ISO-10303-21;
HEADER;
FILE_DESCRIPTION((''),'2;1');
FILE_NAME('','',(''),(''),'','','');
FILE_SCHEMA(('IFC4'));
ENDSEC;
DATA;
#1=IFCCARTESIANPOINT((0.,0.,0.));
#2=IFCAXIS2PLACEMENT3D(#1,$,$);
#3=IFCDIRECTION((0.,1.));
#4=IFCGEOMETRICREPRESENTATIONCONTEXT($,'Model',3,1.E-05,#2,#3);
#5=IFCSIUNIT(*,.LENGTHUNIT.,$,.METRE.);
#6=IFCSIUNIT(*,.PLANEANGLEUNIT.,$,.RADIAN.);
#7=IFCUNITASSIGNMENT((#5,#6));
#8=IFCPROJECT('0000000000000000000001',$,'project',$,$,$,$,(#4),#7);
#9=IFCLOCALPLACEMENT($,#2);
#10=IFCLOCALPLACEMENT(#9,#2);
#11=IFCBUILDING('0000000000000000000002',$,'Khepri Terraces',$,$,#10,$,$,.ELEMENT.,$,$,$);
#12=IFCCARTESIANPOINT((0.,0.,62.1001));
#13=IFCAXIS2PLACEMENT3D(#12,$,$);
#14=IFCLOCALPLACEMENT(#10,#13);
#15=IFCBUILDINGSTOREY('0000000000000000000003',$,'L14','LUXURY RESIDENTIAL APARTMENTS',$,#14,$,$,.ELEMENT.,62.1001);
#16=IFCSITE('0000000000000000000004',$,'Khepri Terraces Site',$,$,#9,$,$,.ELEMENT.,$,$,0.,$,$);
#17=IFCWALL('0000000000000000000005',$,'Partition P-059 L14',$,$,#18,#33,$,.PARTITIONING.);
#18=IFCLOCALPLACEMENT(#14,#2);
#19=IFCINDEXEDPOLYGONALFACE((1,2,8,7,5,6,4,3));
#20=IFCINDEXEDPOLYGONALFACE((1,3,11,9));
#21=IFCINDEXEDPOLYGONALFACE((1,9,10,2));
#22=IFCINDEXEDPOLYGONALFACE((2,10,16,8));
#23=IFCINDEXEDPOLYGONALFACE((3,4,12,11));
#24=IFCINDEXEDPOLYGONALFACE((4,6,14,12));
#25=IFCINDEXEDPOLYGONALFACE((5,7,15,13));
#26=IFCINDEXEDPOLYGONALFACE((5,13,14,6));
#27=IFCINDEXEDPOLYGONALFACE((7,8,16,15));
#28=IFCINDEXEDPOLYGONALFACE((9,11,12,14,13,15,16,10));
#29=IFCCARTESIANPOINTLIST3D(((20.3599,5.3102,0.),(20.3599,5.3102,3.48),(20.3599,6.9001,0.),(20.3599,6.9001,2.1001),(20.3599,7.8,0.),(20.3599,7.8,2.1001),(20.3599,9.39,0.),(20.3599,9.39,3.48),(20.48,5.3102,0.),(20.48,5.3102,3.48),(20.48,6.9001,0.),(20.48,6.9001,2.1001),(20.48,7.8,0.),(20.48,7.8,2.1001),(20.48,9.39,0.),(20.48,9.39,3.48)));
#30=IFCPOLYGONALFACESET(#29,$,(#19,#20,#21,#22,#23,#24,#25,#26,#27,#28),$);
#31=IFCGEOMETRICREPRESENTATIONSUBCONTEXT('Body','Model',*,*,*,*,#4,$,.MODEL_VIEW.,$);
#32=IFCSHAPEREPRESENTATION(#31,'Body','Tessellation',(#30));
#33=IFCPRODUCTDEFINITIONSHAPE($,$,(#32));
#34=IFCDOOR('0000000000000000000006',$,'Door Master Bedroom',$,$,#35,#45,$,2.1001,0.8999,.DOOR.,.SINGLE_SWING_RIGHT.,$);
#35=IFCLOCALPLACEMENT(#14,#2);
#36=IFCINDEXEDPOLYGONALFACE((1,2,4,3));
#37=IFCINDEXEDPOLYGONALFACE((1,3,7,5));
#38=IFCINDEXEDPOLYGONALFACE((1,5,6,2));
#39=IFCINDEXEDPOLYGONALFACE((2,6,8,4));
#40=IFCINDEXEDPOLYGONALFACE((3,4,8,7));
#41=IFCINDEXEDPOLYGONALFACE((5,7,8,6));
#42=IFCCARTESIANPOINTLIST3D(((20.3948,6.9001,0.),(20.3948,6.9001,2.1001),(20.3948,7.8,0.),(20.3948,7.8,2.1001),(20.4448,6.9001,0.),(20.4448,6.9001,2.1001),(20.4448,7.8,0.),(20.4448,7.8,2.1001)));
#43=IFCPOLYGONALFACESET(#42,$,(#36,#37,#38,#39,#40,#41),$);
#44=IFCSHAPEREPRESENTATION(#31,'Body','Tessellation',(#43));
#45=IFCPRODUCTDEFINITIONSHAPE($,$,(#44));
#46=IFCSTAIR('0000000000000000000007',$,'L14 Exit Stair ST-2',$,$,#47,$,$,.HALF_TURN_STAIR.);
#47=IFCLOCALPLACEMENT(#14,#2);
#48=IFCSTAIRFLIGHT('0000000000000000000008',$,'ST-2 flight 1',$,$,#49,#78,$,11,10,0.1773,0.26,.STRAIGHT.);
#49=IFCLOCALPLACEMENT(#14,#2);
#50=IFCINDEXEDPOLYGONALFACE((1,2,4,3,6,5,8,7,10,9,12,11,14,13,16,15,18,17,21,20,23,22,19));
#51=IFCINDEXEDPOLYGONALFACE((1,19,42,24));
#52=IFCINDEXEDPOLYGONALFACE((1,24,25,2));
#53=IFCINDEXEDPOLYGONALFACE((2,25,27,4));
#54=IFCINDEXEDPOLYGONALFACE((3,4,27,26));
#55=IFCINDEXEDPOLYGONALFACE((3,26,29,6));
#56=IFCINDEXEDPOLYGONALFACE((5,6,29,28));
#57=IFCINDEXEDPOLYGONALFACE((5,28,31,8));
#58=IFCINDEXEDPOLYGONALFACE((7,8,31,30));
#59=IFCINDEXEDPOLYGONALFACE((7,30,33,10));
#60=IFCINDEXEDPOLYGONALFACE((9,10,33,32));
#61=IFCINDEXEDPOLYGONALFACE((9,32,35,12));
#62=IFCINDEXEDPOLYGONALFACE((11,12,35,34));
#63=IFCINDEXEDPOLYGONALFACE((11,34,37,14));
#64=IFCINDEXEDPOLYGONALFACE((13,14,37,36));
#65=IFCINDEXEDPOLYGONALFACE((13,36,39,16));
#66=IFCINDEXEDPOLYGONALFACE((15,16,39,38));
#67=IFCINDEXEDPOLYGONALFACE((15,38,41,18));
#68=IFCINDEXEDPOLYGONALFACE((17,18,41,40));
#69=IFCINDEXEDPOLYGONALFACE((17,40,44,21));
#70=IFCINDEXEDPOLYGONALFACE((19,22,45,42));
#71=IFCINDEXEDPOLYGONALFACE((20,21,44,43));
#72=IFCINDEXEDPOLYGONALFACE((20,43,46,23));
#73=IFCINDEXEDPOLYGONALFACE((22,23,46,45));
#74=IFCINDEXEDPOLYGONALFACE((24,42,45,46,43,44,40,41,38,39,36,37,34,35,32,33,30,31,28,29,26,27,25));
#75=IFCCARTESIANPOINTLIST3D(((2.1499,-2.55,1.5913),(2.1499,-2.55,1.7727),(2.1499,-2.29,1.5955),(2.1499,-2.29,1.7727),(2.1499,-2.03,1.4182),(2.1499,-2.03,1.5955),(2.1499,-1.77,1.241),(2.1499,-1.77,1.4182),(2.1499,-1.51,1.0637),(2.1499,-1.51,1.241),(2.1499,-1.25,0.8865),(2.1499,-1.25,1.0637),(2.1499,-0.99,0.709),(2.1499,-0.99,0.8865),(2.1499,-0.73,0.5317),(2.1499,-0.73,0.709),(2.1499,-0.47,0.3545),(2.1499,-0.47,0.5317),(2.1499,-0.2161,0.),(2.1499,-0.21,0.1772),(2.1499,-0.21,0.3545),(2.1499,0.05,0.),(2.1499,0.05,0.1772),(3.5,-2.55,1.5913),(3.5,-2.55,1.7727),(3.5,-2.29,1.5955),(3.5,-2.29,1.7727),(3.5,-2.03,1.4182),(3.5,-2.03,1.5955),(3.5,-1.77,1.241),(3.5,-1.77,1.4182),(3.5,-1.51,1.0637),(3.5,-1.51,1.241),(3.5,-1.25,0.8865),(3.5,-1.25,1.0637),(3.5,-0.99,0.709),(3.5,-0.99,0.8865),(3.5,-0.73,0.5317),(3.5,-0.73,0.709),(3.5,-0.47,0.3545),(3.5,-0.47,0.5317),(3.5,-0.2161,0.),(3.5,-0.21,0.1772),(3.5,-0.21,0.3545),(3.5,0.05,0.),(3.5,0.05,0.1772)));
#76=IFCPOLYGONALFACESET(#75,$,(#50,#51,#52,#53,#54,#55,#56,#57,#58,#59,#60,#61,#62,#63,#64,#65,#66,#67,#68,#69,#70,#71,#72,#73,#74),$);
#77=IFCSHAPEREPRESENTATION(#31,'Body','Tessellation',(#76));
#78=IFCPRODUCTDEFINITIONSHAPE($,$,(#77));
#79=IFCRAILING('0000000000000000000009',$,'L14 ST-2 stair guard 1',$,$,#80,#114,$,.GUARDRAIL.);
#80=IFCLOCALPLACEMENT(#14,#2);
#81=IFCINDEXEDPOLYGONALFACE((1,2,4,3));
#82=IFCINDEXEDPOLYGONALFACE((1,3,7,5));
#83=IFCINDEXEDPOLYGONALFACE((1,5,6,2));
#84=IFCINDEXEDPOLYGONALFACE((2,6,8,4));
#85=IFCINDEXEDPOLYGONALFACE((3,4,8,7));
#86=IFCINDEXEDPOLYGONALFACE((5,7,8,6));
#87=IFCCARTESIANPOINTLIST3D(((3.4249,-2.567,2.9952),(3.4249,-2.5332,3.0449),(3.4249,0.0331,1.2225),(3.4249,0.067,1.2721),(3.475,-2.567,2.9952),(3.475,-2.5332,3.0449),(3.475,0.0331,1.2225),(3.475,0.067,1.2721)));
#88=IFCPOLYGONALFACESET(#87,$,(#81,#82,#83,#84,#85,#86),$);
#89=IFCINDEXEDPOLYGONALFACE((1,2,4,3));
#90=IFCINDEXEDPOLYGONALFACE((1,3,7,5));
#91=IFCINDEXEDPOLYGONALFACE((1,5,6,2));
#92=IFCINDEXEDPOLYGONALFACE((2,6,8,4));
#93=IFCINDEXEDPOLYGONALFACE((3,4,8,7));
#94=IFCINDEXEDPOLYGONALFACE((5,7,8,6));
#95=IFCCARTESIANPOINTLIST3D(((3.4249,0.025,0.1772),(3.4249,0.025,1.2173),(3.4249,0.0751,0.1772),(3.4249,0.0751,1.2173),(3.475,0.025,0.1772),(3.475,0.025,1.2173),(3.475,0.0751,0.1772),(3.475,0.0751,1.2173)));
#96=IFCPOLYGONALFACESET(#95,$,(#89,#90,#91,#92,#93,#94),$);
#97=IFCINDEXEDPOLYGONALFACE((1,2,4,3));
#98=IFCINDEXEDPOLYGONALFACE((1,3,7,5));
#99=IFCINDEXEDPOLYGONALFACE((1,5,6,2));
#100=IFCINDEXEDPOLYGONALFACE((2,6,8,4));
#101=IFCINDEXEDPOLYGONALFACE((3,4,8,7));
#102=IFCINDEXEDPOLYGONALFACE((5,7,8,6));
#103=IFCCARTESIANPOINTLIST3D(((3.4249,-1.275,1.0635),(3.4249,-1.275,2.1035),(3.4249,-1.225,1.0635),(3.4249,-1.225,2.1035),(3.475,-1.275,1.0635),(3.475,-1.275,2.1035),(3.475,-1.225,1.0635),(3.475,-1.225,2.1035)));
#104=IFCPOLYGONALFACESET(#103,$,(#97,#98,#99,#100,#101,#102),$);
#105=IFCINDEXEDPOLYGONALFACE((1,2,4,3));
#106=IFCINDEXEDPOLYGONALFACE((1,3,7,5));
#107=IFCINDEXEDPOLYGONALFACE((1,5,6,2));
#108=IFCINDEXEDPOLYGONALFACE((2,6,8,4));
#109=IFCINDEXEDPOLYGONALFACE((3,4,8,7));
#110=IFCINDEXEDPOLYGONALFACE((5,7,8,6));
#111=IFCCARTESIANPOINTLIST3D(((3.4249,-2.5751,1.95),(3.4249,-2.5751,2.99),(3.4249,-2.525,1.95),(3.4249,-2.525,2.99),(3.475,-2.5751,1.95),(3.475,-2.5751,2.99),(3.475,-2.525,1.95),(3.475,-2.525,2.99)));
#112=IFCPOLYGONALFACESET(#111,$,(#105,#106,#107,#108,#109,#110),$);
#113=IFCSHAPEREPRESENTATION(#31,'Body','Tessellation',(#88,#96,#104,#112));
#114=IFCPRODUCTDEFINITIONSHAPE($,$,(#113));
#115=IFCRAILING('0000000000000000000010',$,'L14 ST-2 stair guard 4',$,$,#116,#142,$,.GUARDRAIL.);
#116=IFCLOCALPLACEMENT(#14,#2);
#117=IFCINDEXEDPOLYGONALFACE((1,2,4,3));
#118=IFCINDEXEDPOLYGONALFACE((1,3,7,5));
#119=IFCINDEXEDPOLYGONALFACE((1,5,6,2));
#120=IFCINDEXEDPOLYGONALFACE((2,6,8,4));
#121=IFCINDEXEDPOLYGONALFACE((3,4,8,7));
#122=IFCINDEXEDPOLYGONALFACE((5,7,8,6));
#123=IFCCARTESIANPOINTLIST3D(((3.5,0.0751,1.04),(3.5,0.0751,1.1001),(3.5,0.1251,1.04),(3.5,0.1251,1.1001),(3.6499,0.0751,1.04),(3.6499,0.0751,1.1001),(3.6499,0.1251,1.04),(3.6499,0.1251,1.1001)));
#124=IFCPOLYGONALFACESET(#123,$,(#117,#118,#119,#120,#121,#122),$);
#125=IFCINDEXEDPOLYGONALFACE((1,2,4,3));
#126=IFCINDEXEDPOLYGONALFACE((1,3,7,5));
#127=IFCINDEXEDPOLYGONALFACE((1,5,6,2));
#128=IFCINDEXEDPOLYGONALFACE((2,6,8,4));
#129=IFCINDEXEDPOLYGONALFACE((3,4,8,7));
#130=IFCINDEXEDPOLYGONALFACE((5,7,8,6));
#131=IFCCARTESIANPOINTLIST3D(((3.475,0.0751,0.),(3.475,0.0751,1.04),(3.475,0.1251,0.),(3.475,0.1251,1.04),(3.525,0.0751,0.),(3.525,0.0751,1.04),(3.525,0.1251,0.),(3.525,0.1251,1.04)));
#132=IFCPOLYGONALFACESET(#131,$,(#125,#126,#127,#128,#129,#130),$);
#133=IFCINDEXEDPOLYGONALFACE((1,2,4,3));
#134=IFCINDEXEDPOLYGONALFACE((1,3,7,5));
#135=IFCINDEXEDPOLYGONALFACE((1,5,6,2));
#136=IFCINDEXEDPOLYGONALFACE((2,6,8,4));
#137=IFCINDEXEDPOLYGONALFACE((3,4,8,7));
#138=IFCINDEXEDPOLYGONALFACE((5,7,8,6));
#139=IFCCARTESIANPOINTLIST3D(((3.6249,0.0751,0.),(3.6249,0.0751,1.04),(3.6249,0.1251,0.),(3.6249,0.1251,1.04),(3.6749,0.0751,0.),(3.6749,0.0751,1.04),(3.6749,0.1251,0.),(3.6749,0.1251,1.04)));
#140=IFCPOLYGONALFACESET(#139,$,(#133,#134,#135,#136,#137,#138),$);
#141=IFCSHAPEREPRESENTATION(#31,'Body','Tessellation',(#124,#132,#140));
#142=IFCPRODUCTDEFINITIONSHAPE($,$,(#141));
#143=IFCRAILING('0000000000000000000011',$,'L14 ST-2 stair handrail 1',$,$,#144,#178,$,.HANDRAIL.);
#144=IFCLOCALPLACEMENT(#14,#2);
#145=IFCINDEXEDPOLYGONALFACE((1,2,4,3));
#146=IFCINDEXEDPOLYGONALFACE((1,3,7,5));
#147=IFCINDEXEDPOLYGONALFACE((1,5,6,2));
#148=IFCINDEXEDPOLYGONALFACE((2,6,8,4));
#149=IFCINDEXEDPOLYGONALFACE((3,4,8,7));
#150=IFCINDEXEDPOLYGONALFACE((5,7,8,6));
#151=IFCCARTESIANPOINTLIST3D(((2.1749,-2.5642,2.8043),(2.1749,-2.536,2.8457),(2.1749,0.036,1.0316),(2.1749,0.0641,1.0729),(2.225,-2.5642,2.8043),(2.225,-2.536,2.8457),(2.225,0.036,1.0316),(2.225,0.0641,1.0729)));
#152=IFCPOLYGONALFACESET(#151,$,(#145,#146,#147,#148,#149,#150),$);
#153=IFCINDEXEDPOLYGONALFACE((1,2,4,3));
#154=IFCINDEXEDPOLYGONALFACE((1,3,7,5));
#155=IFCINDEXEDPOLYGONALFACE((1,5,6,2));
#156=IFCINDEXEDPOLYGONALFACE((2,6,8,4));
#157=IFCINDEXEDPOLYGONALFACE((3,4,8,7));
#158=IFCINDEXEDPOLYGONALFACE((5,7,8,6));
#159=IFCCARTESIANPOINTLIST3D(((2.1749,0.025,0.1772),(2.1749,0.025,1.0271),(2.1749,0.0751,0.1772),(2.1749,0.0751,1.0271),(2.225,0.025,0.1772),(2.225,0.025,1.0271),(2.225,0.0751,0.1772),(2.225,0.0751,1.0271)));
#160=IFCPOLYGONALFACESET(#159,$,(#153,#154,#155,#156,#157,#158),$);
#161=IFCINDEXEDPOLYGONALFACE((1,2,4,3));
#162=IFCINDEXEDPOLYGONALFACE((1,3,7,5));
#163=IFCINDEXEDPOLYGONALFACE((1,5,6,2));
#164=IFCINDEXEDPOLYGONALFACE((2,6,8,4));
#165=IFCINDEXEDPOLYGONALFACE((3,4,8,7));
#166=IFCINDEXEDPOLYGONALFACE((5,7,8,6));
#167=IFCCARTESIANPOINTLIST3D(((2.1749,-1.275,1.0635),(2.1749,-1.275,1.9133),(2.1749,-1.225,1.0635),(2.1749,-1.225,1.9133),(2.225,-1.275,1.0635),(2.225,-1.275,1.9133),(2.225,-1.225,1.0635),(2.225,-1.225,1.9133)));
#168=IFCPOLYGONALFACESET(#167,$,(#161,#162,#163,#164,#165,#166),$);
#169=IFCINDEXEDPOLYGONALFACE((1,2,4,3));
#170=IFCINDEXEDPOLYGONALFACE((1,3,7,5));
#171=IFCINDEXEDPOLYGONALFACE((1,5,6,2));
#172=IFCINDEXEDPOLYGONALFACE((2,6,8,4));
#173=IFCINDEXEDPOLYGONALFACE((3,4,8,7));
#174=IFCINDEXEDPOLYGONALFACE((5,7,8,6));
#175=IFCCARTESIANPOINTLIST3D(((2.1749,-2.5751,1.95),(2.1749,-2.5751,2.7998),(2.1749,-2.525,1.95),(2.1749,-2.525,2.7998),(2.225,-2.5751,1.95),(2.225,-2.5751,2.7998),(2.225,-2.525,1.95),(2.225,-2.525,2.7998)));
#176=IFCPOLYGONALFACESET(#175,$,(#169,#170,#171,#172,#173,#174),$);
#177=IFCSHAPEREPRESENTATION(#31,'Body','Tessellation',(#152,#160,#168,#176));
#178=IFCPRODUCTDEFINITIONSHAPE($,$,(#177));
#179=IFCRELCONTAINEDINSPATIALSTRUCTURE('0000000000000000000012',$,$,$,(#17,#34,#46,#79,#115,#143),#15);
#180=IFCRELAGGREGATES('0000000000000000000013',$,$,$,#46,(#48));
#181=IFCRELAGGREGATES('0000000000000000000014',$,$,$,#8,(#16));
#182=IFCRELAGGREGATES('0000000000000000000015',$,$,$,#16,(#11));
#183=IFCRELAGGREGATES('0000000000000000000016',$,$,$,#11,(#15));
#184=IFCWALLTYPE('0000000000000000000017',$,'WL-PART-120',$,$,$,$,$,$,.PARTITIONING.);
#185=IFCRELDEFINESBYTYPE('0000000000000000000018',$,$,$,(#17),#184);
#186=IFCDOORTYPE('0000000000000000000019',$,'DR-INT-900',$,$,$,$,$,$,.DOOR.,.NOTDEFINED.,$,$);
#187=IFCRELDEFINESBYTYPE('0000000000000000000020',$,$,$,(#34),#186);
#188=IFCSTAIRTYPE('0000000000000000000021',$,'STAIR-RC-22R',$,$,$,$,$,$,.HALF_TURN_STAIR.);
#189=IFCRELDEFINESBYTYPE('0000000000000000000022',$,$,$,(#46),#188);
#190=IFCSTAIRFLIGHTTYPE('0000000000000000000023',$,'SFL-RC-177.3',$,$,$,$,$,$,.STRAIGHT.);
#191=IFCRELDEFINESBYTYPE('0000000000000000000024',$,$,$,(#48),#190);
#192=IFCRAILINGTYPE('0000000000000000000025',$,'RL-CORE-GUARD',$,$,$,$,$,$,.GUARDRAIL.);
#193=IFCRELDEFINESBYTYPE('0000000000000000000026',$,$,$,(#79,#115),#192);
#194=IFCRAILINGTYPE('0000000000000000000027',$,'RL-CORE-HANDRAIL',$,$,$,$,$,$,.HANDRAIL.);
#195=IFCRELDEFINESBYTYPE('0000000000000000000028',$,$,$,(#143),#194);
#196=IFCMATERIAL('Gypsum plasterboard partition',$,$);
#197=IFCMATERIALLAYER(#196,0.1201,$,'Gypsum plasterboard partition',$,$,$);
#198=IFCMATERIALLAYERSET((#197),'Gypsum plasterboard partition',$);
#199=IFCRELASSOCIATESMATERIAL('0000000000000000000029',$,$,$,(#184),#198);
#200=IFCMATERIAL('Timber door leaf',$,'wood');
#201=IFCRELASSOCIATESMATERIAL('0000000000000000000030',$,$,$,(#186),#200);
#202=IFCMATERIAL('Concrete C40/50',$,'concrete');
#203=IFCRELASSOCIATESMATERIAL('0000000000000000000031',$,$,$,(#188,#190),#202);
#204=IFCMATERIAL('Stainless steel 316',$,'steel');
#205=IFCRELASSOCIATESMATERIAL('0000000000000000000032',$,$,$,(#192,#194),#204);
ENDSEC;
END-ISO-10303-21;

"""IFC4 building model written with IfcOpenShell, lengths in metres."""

from ifc_helpers import new_model, si_unit, direction, frame, frame_2d, origin, origin_2d, place, context, subcontext, project, spatial, polyline, rectangle, outline, extrude, material, layer, layer_set, type_object, element, fill, aggregate, save


model = new_model("IFC4")

# Units and contexts
model_context = context("Model", 3, precision=1e-05, world=origin(), true_north=direction((0.0, 1.0)))
body_context = subcontext(model_context, "Body", "Model", "MODEL_VIEW")
ifc_project = project(units=[si_unit("LENGTHUNIT", "METRE"), si_unit("PLANEANGLEUNIT", "RADIAN")], contexts=[model_context])

# Site, building, storey
site_placement = place(None, origin())
site = spatial("IfcSite", under=ifc_project, at=site_placement, Name="Khepri Terraces Site", CompositionType="ELEMENT", RefElevation=0.0)
building_placement = place(site_placement, origin())
building = spatial("IfcBuilding", under=site, at=building_placement, Name="Khepri Terraces", CompositionType="ELEMENT")
storey_placement = place(building_placement, frame((0.0, 0.0, 62.1001)))
storey = spatial("IfcBuildingStorey", under=building, at=storey_placement, Name="L14", Description="LUXURY RESIDENTIAL APARTMENTS", CompositionType="ELEMENT", Elevation=62.1001)

# Shared definitions
ifc_material_1 = material(Name="Gypsum plasterboard partition")
ifc_layer_1 = layer(ifc_material_1, 0.1201, Name="Gypsum plasterboard partition")
ifc_layer_set_1 = layer_set([ifc_layer_1], Name="Gypsum plasterboard partition")
wall_type_1 = type_object("IfcWallType", Name="WL-PART-120", PredefinedType="PARTITIONING", material=ifc_layer_set_1)

# Shared definitions
ifc_material_2 = material(Name="Timber door leaf", Category="wood")
door_type_1 = type_object("IfcDoorType", Name="DR-INT-900", OperationType="NOTDEFINED", PredefinedType="DOOR", material=ifc_material_2)

# Wall, opening, door
wall_1_placement = place(storey_placement, frame((20.4199, 5.3101, 0.0), z_axis=(0.0, 0.0, 1.0), x_axis=(0.0, 1.0, 0.0)))
wall_1 = element("IfcWall", 1, at=wall_1_placement, inside=storey, type_object=wall_type_1, Name="Partition P-059 L14", PredefinedType="PARTITIONING", context=body_context, shape_type="SweptSolid", body=[
    extrude(rectangle(XDim=4.0798, YDim=0.1201, at=frame_2d((2.04, 0.0))), origin(), (0.0, 0.0, 1.0), 3.48),
])
opening_1_placement = place(wall_1_placement, frame((1.5901, 0.0, 0.0)))
opening_1 = element("IfcOpeningElement", 2, at=opening_1_placement, cuts=wall_1, PredefinedType="OPENING", context=body_context, shape_type="SweptSolid", body=[
    extrude(rectangle(XDim=0.8999, YDim=2.1001, at=frame_2d((0.45, 1.05))), frame((0.0, 0.0701, 0.0), z_axis=(0.0, -1.0, 0.0), x_axis=(1.0, 0.0, 0.0)), (0.0, 0.0, 1.0), 0.1401),
])
door_1_placement = place(opening_1_placement, frame((0.8999, 0.0, 0.0), z_axis=(0.0, 0.0, 1.0), x_axis=(-1.0, 0.0, 0.0)))
door_1 = element("IfcDoor", 3, at=door_1_placement, inside=storey, type_object=door_type_1, Name="Door Master Bedroom", OperationType="SINGLE_SWING_RIGHT", OverallHeight=2.1001, OverallWidth=0.8999, PredefinedType="DOOR", context=body_context, shape_type="SweptSolid", body=[
    extrude(rectangle(XDim=0.8999, YDim=2.1001, at=frame_2d((0.45, 1.05))), frame((0.0, 0.0249, 0.0), z_axis=(0.0, -1.0, 0.0), x_axis=(1.0, 0.0, 0.0)), (0.0, 0.0, 1.0), 0.05),
])
fill(opening_1, door_1)

# Stair, stair flight
ifc_material_3 = material(Name="Concrete C40/50", Category="concrete")
stair_type = type_object("IfcStairType", Name="STAIR-RC-22R", PredefinedType="HALF_TURN_STAIR", material=ifc_material_3)
stair_placement = place(storey_placement, origin())
stair = element("IfcStair", 4, at=stair_placement, inside=storey, type_object=stair_type, Name="L14 Exit Stair ST-2", PredefinedType="HALF_TURN_STAIR")
stair_flight_type = type_object("IfcStairFlightType", Name="SFL-RC-177.3", PredefinedType="STRAIGHT", material=ifc_material_3)
stair_flight_placement = place(storey_placement, frame((2.825, 0.05, 0.0), z_axis=(0.0, 0.0, 1.0), x_axis=(0.0, -1.0, 0.0)))
stair_flight = element("IfcStairFlight", 5, at=stair_flight_placement, type_object=stair_flight_type, Name="ST-2 flight 1", NumberOfRisers=11, NumberOfTreads=10, PredefinedType="STRAIGHT", RiserHeight=0.1773, TreadLength=0.26, context=body_context, shape_type="SweptSolid", body=[
    extrude(outline(polyline([(0.0, 0.0), (0.0, 0.1772), (0.26, 0.1772), (0.26, 0.3545), (0.52, 0.3545), (0.52, 0.5317), (0.78, 0.5317), (0.78, 0.709), (1.04, 0.709), (1.04, 0.8865), (1.3, 0.8865), (1.3, 1.0637), (1.5601, 1.0637), (1.5601, 1.241), (1.8201, 1.241), (1.8201, 1.4182), (2.0801, 1.4182), (2.0801, 1.5955), (2.3401, 1.5955), (2.3401, 1.7727), (2.6001, 1.7727), (2.6001, 1.95), (2.6001, 1.5913), (0.2661, 0.0), (0.0, 0.0)])), frame((0.0, 0.675, 0.0), z_axis=(0.0, -1.0, 0.0), x_axis=(1.0, 0.0, 0.0)), (0.0, 0.0, 1.0), 1.3501),
])
aggregate(stair, [stair_flight])

# Railings
ifc_material_4 = material(Name="Stainless steel 316", Category="steel")
railing_type_1 = type_object("IfcRailingType", Name="RL-CORE-GUARD", PredefinedType="GUARDRAIL", material=ifc_material_4)
railing_1_placement = place(storey_placement, frame((3.45, 0.05, 0.1772)))
element("IfcRailing", 6, at=railing_1_placement, inside=storey, type_object=railing_type_1, Name="L14 ST-2 stair guard 1", PredefinedType="GUARDRAIL", context=body_context, shape_type="SweptSolid", body=[
    extrude(rectangle(XDim=0.05, YDim=0.0601, at=origin_2d()), frame((0.0, 0.0, 1.0701), z_axis=(0.0, -0.82624, 0.563318), x_axis=(1.0, 0.0, 0.0)), (0.0, 0.0, 1.0), 3.147),
    extrude(rectangle(XDim=0.05, YDim=0.05, at=origin_2d()), origin(), (0.0, 0.0, 1.0), 1.04),
    extrude(rectangle(XDim=0.05, YDim=0.05, at=origin_2d()), frame((0.0, -1.3, 0.8862)), (0.0, 0.0, 1.0), 1.04),
    extrude(rectangle(XDim=0.05, YDim=0.05, at=origin_2d()), frame((0.0, -2.6001, 1.7727)), (0.0, 0.0, 1.0), 1.04),
])
railing_2_placement = place(storey_placement, frame((3.5, 0.1001, 0.0)))
element("IfcRailing", 7, at=railing_2_placement, inside=storey, type_object=railing_type_1, Name="L14 ST-2 stair guard 4", PredefinedType="GUARDRAIL", context=body_context, shape_type="SweptSolid", body=[
    extrude(rectangle(XDim=0.05, YDim=0.0601, at=origin_2d()), frame((0.0, 0.0, 1.0701), z_axis=(1.0, 0.0, 0.0), x_axis=(0.0, 1.0, 0.0)), (0.0, 0.0, 1.0), 0.1499),
    extrude(rectangle(XDim=0.05, YDim=0.05, at=origin_2d()), origin(), (0.0, 0.0, 1.0), 1.04),
    extrude(rectangle(XDim=0.05, YDim=0.05, at=origin_2d()), frame((0.1499, 0.0, 0.0)), (0.0, 0.0, 1.0), 1.04),
])
railing_type_2 = type_object("IfcRailingType", Name="RL-CORE-HANDRAIL", PredefinedType="HANDRAIL", material=ifc_material_4)
railing_3_placement = place(storey_placement, frame((2.2, 0.05, 0.1772)))
element("IfcRailing", 8, at=railing_3_placement, inside=storey, type_object=railing_type_2, Name="L14 ST-2 stair handrail 1", PredefinedType="HANDRAIL", context=body_context, shape_type="SweptSolid", body=[
    extrude(rectangle(XDim=0.05, YDim=0.05, at=origin_2d()), frame((0.0, 0.0, 0.875), z_axis=(0.0, -0.82624, 0.563318), x_axis=(1.0, 0.0, 0.0)), (0.0, 0.0, 1.0), 3.147),
    extrude(rectangle(XDim=0.05, YDim=0.05, at=origin_2d()), origin(), (0.0, 0.0, 1.0), 0.8499),
    extrude(rectangle(XDim=0.05, YDim=0.05, at=origin_2d()), frame((0.0, -1.3, 0.8862)), (0.0, 0.0, 1.0), 0.8499),
    extrude(rectangle(XDim=0.05, YDim=0.05, at=origin_2d()), frame((0.0, -2.6001, 1.7727)), (0.0, 0.0, 1.0), 0.8499),
])

save(model, "model.ifc")
